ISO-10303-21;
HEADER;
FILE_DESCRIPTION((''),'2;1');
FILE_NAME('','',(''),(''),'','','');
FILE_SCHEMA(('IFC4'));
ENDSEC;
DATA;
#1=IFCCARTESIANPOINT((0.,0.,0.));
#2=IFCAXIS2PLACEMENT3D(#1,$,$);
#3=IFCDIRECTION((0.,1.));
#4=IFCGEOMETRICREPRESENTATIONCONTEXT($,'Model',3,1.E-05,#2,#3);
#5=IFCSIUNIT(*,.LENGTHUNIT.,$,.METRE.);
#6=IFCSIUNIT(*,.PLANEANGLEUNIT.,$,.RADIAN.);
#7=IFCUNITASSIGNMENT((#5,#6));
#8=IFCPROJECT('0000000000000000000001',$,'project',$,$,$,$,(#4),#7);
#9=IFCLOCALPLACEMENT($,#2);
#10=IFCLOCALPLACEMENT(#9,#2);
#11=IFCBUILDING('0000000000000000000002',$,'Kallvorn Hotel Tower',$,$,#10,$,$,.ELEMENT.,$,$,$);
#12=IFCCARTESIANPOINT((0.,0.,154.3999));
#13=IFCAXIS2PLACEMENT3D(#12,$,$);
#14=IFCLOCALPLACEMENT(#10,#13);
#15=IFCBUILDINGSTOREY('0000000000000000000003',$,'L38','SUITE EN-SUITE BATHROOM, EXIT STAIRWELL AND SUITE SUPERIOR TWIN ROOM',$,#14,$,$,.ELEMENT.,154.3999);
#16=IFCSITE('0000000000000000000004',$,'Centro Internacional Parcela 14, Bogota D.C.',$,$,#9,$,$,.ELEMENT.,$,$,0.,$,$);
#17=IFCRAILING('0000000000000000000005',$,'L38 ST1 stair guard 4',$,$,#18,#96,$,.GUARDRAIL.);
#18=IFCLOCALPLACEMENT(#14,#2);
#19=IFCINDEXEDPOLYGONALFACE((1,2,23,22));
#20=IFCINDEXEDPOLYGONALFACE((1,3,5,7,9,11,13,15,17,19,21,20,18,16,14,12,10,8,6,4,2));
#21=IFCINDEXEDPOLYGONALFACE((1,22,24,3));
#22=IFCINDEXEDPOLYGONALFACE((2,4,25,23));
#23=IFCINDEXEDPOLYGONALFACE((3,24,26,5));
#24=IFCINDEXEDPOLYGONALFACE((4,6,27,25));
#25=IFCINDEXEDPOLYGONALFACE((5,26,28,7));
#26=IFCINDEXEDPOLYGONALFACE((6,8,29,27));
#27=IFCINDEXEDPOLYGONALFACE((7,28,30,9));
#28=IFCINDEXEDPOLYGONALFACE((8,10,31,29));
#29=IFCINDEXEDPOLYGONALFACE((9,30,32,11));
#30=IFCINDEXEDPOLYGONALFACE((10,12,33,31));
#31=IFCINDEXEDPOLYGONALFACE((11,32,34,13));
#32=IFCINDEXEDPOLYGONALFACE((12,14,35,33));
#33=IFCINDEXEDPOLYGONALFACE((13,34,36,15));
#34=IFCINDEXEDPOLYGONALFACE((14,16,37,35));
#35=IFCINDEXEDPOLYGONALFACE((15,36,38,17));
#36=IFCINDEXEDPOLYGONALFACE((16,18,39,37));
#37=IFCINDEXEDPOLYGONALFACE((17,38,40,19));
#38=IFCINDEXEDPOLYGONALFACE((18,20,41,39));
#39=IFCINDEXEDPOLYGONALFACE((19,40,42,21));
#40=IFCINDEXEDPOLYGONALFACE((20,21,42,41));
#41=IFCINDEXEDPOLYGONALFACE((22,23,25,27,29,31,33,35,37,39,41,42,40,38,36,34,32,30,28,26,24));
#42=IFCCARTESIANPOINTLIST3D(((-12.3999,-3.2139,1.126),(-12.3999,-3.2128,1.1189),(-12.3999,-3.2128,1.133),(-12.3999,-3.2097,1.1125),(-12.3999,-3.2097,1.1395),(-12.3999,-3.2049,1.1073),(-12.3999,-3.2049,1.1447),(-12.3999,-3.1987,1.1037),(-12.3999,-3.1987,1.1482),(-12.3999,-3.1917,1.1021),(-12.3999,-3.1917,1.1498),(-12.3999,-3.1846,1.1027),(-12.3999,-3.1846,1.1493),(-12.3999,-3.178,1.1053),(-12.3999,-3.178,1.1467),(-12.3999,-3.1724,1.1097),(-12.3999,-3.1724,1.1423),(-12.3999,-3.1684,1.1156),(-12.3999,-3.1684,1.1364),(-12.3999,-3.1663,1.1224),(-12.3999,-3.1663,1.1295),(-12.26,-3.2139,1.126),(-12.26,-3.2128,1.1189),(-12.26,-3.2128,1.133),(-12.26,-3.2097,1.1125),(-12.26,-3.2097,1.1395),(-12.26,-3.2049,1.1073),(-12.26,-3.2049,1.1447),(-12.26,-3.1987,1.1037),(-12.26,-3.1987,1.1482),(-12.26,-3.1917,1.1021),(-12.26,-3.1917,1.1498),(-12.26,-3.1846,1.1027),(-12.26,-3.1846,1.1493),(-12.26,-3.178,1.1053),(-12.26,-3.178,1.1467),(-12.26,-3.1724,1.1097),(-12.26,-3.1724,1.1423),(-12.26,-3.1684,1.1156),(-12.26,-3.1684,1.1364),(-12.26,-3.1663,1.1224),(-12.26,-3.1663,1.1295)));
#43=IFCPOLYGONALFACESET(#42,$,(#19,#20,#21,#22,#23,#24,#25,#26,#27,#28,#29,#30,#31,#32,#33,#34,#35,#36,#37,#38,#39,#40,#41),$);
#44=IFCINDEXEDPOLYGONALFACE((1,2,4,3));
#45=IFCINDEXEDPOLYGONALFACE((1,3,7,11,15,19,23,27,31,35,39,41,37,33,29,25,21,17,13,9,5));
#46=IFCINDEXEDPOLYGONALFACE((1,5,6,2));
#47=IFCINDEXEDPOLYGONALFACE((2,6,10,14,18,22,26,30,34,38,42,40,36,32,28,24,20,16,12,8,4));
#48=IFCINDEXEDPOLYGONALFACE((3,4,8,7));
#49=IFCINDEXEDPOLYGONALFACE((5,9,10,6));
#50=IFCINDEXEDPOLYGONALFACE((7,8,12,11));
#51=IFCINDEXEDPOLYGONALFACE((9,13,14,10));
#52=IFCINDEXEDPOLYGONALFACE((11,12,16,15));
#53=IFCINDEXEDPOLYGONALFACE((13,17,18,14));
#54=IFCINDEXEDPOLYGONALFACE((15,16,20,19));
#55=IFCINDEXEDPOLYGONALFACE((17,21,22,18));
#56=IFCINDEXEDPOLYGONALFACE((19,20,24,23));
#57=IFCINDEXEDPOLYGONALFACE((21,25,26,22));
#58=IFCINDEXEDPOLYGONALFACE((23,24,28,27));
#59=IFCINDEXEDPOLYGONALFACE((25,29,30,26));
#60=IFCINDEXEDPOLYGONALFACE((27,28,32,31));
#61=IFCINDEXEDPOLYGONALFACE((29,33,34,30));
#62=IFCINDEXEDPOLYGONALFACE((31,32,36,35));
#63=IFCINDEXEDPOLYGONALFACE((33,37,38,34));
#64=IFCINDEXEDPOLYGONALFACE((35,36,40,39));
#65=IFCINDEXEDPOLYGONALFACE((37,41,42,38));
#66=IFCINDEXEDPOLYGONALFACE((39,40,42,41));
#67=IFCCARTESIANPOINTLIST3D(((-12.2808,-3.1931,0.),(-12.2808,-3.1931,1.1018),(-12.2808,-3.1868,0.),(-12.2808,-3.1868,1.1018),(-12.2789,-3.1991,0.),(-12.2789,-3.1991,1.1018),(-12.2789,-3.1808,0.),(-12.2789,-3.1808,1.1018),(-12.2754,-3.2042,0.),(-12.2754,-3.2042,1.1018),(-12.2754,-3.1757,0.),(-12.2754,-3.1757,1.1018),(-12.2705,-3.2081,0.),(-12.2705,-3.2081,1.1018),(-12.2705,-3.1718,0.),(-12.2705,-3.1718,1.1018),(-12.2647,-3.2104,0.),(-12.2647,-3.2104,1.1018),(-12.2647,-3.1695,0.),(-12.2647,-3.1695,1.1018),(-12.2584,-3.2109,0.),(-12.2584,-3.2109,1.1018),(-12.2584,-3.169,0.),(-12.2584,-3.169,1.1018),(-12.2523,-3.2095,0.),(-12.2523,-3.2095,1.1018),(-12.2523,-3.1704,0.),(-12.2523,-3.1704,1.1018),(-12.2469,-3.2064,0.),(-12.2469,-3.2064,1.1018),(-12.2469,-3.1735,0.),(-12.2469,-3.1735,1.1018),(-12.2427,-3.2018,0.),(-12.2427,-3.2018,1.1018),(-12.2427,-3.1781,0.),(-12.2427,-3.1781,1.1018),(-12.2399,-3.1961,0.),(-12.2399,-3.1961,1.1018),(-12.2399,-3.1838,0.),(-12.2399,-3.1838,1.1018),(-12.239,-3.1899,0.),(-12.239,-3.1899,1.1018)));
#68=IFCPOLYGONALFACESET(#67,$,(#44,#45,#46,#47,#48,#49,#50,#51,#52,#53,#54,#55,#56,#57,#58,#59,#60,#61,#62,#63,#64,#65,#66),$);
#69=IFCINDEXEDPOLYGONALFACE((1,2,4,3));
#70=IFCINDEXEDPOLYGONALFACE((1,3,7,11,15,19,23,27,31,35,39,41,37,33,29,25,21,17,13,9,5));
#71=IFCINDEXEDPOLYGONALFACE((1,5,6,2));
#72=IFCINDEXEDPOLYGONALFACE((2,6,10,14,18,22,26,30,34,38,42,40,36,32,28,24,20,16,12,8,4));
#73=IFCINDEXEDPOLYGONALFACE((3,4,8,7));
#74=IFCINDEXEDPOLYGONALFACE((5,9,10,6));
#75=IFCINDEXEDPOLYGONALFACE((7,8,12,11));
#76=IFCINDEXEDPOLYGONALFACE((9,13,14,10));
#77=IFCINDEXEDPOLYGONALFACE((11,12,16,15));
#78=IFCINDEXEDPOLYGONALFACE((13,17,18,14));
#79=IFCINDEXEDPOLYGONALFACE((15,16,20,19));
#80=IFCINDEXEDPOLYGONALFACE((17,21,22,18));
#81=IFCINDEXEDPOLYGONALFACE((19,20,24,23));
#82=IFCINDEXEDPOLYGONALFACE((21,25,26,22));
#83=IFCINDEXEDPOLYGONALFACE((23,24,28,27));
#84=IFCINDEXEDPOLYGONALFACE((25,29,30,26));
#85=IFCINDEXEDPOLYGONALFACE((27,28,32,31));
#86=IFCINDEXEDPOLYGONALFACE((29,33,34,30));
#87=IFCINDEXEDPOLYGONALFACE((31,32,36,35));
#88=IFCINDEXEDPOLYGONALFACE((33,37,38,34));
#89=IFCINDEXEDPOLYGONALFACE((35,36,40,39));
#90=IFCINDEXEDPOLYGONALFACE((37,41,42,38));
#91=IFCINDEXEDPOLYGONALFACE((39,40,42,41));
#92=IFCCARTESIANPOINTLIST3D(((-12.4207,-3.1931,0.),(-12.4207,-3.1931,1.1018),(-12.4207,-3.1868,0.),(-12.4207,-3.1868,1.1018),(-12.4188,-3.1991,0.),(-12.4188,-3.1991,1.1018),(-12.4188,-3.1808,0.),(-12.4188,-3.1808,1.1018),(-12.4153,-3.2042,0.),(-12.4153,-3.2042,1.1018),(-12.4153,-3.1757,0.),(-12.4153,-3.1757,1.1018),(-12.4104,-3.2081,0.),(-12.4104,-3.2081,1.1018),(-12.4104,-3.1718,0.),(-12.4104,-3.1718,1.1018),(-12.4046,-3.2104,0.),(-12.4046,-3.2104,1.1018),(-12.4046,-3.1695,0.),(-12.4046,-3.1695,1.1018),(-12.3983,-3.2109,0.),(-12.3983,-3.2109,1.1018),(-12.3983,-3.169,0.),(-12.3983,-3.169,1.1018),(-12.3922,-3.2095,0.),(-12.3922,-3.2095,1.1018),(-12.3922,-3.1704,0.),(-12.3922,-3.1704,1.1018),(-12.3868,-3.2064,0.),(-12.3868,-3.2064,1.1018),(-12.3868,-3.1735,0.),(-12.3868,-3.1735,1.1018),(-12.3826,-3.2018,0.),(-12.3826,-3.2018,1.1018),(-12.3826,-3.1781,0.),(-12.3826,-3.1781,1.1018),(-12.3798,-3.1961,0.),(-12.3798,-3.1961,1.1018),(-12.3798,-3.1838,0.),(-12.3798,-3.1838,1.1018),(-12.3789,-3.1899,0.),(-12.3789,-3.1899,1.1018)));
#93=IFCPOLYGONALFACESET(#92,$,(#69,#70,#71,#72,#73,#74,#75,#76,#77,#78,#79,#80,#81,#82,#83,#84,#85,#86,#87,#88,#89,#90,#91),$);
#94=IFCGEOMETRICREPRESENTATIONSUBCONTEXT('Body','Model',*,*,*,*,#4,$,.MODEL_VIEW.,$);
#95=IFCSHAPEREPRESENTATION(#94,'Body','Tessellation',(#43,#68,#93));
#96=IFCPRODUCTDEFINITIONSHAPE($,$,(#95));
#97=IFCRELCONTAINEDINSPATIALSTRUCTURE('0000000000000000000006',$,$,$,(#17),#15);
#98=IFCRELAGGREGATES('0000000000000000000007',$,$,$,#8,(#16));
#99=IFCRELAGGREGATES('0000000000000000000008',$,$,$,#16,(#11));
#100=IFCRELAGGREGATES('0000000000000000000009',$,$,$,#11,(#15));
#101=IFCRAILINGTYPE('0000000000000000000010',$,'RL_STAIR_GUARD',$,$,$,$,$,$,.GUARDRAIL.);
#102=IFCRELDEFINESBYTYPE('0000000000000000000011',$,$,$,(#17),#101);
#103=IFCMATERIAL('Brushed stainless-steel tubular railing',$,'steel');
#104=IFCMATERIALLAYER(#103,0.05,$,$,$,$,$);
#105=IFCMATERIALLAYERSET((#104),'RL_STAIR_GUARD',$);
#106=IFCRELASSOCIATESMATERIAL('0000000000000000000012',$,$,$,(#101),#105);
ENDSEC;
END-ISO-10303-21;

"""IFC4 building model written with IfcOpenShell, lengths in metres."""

from ifc_helpers import new_model, si_unit, direction, frame, origin, origin_2d, place, context, subcontext, project, spatial, circle, extrude, material, layer, layer_set, type_object, element, save


model = new_model("IFC4")

# Units and contexts
model_context = context("Model", 3, precision=1e-05, world=origin(), true_north=direction((0.0, 1.0)))
body_context = subcontext(model_context, "Body", "Model", "MODEL_VIEW")
ifc_project = project(units=[si_unit("LENGTHUNIT", "METRE"), si_unit("PLANEANGLEUNIT", "RADIAN")], contexts=[model_context])

# Site, building, storey
site_placement = place(None, origin())
site = spatial("IfcSite", under=ifc_project, at=site_placement, Name="Centro Internacional Parcela 14, Bogota D.C.", CompositionType="ELEMENT", RefElevation=0.0)
building_placement = place(site_placement, origin())
building = spatial("IfcBuilding", under=site, at=building_placement, Name="Kallvorn Hotel Tower", CompositionType="ELEMENT")
storey_placement = place(building_placement, frame((0.0, 0.0, 154.3999)))
storey = spatial("IfcBuildingStorey", under=building, at=storey_placement, Name="L38", Description="SUITE EN-SUITE BATHROOM, EXIT STAIRWELL AND SUITE SUPERIOR TWIN ROOM", CompositionType="ELEMENT", Elevation=154.3999)

# Railing
ifc_material_1 = material(Name="Brushed stainless-steel tubular railing", Category="steel")
ifc_layer_1 = layer(ifc_material_1, 0.05)
ifc_layer_set_1 = layer_set([ifc_layer_1], Name="RL_STAIR_GUARD")
railing_type_1 = type_object("IfcRailingType", Name="RL_STAIR_GUARD", PredefinedType="GUARDRAIL", material=ifc_layer_set_1)
railing_1_placement = place(storey_placement, frame((-12.26, -3.1899, 0.0)))
element("IfcRailing", 1, at=railing_1_placement, inside=storey, type_object=railing_type_1, Name="L38 ST1 stair guard 4", PredefinedType="GUARDRAIL", context=body_context, shape_type="SweptSolid", body=[
    extrude(circle(Radius=0.0239, at=origin_2d()), frame((0.0, 0.0, 1.126), z_axis=(-1.0, 0.0, 0.0), x_axis=(0.0, -1.0, 0.0)), (0.0, 0.0, 1.0), 0.1399),
    extrude(circle(Radius=0.021, at=origin_2d()), origin(), (0.0, 0.0, 1.0), 1.1018),
    extrude(circle(Radius=0.021, at=origin_2d()), frame((-0.1399, 0.0, 0.0)), (0.0, 0.0, 1.0), 1.1018),
])

save(model, "model.ifc")
